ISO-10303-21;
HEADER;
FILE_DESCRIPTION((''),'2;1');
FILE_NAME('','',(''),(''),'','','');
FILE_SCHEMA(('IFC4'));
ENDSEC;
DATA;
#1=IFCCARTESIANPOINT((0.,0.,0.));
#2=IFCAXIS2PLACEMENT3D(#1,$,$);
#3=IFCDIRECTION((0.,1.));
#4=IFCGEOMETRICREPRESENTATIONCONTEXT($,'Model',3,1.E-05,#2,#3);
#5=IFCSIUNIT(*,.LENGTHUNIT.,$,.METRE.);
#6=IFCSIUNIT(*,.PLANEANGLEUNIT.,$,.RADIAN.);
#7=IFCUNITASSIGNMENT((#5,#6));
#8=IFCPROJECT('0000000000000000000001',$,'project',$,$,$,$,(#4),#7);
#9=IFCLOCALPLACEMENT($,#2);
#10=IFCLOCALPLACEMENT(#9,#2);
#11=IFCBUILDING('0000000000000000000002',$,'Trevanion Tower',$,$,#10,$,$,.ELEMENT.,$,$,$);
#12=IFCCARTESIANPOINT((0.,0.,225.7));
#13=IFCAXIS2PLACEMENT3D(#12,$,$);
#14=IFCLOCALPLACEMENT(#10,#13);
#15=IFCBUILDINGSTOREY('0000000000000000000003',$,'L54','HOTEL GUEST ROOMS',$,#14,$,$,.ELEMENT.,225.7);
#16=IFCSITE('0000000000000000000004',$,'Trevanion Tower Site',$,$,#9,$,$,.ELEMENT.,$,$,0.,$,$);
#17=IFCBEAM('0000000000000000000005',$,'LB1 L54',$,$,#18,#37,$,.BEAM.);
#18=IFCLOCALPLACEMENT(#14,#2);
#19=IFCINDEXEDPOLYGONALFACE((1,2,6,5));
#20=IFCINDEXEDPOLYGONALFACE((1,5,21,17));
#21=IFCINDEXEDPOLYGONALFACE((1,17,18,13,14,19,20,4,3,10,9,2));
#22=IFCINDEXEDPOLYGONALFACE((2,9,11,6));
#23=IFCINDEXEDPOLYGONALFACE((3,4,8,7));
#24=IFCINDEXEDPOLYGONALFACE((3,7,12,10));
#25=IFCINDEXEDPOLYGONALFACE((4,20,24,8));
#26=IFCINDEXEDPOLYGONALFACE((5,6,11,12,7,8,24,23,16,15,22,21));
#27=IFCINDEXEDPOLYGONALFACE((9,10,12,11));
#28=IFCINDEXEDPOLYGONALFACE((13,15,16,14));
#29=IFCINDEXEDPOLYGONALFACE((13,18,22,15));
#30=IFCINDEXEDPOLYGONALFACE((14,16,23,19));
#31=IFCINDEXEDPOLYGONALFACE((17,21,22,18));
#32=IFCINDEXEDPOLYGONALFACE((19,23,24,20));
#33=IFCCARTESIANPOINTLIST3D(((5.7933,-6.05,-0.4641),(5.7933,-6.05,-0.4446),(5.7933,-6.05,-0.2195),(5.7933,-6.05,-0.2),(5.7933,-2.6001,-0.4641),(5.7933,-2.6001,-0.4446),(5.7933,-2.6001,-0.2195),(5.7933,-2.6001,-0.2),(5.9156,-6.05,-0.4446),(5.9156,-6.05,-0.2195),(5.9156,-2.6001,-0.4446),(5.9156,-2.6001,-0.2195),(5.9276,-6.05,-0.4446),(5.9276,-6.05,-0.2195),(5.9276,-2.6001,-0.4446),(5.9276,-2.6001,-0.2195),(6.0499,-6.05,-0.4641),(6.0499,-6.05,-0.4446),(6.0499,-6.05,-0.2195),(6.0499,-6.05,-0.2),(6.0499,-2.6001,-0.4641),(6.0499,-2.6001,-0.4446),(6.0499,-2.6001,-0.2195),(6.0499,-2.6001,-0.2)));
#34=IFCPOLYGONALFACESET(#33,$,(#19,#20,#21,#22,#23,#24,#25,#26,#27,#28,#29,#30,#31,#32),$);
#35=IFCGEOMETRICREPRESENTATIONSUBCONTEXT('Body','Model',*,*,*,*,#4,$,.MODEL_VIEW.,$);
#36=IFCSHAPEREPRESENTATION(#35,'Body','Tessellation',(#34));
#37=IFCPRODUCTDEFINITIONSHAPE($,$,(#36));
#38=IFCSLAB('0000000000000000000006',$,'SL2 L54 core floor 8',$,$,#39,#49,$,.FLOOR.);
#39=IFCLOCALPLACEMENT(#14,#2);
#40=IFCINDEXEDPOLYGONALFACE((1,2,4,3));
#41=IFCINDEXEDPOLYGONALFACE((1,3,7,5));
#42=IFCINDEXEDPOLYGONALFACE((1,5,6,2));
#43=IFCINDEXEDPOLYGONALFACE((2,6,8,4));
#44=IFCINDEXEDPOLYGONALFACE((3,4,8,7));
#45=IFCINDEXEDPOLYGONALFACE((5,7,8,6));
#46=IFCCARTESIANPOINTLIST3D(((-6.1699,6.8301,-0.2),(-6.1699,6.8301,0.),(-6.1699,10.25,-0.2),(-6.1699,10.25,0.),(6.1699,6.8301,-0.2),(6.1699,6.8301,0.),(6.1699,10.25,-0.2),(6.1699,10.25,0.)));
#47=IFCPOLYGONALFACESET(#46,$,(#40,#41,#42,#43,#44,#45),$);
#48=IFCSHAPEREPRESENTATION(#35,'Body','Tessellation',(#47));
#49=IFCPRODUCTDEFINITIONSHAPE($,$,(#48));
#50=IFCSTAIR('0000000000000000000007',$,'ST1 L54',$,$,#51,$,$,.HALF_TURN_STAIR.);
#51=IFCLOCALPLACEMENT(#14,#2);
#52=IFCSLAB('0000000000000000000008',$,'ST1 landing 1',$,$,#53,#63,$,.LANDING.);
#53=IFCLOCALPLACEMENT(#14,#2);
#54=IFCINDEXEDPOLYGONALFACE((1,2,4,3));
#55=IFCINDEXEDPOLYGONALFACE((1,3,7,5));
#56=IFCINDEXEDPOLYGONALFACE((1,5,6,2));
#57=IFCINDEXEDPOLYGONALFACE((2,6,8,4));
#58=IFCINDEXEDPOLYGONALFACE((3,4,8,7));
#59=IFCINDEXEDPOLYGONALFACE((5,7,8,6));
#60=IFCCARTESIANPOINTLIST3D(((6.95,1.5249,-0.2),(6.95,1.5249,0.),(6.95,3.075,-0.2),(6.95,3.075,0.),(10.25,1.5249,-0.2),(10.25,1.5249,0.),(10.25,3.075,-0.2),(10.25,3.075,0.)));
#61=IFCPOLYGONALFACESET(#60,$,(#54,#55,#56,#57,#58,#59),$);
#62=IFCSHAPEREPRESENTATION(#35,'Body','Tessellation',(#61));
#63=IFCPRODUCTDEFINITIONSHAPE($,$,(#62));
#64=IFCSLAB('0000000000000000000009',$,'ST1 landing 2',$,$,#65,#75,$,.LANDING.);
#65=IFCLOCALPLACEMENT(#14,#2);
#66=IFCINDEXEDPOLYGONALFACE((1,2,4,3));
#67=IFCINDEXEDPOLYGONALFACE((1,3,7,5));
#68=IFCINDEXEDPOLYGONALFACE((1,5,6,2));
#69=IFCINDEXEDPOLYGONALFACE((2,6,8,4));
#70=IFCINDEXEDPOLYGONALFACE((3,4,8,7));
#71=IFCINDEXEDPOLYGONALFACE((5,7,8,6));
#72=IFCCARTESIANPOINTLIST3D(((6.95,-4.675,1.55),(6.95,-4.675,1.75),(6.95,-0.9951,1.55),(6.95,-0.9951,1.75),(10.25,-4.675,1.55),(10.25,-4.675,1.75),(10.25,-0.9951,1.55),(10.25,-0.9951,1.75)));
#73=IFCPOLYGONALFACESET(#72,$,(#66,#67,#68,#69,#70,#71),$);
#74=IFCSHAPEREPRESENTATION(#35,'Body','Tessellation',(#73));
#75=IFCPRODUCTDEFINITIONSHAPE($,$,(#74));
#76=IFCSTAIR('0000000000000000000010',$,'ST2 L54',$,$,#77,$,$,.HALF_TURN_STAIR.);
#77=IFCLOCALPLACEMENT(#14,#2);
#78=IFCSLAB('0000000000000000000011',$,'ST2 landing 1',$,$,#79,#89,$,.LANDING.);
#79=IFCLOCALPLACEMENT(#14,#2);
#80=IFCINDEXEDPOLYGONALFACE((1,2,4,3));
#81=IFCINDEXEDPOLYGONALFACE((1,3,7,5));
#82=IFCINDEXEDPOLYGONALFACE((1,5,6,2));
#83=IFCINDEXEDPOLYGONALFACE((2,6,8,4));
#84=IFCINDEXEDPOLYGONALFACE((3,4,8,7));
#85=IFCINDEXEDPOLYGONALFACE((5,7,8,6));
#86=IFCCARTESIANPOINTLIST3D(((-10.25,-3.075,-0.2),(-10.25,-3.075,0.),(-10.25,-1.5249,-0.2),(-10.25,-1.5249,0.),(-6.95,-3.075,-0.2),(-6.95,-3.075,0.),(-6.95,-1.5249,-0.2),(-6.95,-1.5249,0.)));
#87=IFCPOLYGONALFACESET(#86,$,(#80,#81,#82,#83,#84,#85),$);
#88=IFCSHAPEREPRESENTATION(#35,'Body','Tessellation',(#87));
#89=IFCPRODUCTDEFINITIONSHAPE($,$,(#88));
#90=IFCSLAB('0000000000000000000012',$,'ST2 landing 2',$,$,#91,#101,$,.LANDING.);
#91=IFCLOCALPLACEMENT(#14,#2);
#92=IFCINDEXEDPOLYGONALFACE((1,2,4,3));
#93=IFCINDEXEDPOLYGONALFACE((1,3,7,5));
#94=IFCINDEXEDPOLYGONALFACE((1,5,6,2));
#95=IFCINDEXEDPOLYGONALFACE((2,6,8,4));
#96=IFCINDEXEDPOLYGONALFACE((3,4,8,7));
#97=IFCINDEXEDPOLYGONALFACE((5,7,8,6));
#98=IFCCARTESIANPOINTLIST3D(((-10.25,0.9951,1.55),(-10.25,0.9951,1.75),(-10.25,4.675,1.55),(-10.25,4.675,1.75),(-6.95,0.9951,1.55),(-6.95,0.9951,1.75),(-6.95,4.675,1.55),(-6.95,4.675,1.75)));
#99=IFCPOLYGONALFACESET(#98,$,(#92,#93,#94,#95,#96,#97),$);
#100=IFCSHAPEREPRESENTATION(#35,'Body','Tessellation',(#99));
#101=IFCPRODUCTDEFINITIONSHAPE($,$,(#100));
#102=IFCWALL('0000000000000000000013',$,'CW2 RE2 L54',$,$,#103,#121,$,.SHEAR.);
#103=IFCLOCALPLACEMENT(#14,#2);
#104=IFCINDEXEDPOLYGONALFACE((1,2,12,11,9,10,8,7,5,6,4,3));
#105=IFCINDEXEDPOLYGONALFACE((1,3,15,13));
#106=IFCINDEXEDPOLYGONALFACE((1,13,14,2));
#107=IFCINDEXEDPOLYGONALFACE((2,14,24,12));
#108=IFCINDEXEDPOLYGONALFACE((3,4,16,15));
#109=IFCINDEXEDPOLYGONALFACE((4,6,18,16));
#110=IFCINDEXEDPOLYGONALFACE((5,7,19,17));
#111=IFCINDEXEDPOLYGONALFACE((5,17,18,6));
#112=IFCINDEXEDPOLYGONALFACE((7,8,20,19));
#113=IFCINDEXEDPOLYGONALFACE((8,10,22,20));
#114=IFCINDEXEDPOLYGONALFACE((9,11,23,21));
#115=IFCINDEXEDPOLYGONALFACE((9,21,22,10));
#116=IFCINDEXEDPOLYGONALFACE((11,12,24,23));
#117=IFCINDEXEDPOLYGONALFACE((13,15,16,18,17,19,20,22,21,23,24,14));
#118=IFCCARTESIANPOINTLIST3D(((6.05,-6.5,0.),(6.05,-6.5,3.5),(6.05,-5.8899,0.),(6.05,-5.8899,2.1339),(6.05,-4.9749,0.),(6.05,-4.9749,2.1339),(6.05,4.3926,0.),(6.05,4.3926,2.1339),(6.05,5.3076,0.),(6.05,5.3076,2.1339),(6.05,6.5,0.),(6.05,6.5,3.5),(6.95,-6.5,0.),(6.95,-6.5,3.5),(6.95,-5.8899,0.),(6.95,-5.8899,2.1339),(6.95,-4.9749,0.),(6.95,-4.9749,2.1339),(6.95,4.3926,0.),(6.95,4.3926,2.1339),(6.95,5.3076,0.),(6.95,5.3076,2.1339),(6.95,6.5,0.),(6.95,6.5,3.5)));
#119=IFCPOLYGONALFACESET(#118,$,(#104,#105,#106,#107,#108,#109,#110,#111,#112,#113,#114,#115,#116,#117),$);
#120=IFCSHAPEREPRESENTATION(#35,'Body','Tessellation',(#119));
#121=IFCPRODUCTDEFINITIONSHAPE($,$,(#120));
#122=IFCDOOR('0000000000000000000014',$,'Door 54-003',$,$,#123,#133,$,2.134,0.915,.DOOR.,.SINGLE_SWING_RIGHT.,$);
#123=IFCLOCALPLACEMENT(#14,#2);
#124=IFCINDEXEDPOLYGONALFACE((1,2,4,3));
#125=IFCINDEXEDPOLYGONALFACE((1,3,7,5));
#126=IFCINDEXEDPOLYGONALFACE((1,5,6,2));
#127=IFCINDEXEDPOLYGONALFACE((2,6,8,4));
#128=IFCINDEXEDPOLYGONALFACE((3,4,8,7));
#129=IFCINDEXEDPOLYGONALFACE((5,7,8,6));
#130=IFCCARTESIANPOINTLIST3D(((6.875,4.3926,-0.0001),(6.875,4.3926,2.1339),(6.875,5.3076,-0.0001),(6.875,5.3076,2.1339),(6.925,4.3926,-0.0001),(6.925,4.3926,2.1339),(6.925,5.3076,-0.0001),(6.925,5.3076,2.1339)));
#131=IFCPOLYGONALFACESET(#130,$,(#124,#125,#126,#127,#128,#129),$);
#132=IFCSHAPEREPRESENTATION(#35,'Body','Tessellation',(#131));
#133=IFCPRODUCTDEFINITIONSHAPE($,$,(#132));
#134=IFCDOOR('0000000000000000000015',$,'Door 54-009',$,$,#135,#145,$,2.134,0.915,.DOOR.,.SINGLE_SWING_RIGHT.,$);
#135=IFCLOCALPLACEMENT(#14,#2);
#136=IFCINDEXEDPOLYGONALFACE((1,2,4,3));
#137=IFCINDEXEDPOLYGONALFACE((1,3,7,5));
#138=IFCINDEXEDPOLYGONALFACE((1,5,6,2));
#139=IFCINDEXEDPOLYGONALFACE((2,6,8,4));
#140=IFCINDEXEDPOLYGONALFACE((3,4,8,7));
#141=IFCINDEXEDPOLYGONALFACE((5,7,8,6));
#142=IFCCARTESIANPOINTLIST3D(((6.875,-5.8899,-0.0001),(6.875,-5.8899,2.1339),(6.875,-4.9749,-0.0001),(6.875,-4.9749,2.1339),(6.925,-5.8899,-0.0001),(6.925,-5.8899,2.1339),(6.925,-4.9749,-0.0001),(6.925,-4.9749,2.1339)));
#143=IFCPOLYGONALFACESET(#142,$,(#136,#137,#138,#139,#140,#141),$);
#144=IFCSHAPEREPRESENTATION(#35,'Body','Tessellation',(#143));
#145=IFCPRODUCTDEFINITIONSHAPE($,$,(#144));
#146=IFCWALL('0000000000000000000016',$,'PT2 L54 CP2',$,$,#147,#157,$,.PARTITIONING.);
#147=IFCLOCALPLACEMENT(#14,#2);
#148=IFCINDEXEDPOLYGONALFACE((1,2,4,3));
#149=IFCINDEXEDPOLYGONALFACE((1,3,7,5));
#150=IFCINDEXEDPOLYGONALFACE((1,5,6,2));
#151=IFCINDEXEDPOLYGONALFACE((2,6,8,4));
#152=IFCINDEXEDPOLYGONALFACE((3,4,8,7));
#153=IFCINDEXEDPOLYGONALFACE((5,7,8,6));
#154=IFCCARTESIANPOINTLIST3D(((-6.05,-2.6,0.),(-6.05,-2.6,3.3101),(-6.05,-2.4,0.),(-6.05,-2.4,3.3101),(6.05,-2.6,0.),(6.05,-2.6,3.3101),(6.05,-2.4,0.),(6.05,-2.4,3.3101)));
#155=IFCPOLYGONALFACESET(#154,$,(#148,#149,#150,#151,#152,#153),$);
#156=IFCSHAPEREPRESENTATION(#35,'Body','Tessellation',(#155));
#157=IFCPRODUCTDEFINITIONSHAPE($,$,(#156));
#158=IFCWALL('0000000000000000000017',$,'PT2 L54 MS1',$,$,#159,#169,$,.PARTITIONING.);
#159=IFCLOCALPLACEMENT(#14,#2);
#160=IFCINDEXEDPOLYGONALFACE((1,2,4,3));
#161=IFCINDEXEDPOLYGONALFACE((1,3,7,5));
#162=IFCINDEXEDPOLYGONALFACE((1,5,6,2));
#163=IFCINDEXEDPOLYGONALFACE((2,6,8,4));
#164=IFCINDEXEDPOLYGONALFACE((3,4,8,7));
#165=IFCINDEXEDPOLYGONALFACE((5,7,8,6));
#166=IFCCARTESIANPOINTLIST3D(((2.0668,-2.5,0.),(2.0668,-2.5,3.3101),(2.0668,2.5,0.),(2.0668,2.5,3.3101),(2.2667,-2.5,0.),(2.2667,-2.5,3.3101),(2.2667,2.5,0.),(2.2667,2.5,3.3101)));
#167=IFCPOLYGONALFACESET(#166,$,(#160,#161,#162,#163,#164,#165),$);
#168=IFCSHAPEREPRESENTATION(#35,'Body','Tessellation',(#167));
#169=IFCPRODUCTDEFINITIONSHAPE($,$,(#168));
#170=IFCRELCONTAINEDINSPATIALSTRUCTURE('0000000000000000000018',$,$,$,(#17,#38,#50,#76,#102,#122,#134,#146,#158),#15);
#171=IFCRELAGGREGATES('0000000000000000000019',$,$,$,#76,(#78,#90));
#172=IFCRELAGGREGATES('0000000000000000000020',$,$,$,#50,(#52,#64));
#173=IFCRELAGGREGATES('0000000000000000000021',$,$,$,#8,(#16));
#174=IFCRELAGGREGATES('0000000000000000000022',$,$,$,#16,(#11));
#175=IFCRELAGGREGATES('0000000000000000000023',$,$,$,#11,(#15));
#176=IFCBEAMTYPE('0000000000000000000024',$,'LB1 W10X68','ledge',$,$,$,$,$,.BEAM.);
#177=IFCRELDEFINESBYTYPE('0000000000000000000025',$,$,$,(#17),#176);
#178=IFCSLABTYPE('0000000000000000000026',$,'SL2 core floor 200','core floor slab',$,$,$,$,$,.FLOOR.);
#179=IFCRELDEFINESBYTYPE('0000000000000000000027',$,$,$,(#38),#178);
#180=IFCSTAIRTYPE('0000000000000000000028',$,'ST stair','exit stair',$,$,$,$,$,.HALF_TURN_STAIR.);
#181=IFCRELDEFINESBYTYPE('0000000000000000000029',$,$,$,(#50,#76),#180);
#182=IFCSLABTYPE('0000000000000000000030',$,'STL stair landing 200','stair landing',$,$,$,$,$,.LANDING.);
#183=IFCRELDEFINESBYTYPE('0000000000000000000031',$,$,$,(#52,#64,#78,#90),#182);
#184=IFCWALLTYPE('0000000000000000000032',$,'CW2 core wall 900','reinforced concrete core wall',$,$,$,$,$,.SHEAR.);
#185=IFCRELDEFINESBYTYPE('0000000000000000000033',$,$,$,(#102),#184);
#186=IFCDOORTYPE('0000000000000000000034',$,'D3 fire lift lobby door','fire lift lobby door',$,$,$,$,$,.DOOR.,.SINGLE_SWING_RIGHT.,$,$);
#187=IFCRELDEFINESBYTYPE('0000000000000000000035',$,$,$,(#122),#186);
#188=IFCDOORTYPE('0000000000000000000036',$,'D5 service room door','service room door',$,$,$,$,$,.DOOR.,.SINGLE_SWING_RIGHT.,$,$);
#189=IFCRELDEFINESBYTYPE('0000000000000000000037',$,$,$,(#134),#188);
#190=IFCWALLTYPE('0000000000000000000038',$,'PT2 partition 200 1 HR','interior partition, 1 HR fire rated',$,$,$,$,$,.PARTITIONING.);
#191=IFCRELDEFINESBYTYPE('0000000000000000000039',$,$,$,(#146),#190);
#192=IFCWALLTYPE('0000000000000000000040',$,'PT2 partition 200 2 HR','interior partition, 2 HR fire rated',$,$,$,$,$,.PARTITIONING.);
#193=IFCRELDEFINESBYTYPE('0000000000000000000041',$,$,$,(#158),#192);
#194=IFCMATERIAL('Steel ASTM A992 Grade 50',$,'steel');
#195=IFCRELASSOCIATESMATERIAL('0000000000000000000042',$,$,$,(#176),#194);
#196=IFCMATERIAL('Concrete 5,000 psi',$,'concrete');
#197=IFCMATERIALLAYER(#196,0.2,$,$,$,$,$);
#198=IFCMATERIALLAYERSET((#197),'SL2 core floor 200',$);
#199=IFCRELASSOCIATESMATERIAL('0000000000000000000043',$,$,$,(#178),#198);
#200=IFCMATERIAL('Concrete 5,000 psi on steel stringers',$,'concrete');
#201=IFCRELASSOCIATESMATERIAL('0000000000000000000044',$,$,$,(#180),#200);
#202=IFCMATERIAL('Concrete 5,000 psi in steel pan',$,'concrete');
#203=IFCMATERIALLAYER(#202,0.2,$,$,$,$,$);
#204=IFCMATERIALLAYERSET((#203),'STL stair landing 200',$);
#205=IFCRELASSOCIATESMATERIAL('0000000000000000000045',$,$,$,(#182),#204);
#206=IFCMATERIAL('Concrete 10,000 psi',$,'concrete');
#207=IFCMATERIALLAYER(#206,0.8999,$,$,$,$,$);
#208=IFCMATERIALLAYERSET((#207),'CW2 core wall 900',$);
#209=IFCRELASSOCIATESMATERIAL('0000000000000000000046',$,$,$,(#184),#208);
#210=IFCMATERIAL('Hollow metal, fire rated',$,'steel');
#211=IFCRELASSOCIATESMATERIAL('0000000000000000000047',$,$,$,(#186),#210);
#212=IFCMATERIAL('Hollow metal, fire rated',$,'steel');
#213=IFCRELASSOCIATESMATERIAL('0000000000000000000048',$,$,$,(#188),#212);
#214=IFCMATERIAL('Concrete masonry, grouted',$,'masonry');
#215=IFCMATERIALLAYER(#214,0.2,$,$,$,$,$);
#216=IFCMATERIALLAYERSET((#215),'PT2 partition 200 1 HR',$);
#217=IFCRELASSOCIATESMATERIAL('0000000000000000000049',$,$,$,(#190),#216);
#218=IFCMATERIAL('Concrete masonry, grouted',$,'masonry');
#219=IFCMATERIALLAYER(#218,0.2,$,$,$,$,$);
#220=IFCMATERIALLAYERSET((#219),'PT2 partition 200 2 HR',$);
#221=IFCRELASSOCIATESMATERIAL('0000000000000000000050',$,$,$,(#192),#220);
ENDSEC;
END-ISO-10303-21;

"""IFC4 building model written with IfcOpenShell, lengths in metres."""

from ifc_helpers import new_model, si_unit, direction, frame, frame_2d, origin, origin_2d, place, context, subcontext, project, spatial, polyline, rectangle, i_section, outline, extrude, material, layer, layer_set, material_profile, profile_set, type_object, element, fill, aggregate, save


model = new_model("IFC4")

# Units and contexts
model_context = context("Model", 3, precision=1e-05, world=origin(), true_north=direction((0.0, 1.0)))
body_context = subcontext(model_context, "Body", "Model", "MODEL_VIEW")
ifc_project = project(units=[si_unit("LENGTHUNIT", "METRE"), si_unit("PLANEANGLEUNIT", "RADIAN")], contexts=[model_context])

# Site, building, storey
site_placement = place(None, origin())
site = spatial("IfcSite", under=ifc_project, at=site_placement, Name="Trevanion Tower Site", CompositionType="ELEMENT", RefElevation=0.0)
building_placement = place(site_placement, origin())
building = spatial("IfcBuilding", under=site, at=building_placement, Name="Trevanion Tower", CompositionType="ELEMENT")
storey_placement = place(building_placement, frame((0.0, 0.0, 225.7)))
storey = spatial("IfcBuildingStorey", under=building, at=storey_placement, Name="L54", Description="HOTEL GUEST ROOMS", CompositionType="ELEMENT", Elevation=225.7)

# Beam
ifc_material_1 = material(Name="Steel ASTM A992 Grade 50", Category="steel")
ifc_material_profile = material_profile(ifc_material_1, i_section(OverallWidth=0.2566, OverallDepth=0.2642, WebThickness=0.012, FlangeThickness=0.0195, at=origin_2d()), Name="W10X68")
ifc_profile_set = profile_set([ifc_material_profile], Name="Steel ASTM A992 Grade 50")
beam_type = type_object("IfcBeamType", Name="LB1 W10X68", Description="ledge", PredefinedType="BEAM", material=ifc_profile_set)
beam_placement = place(storey_placement, frame((5.9216, -6.05, -0.332), z_axis=(0.0, 1.0, 0.0), x_axis=(-1.0, 0.0, 0.0)))
element("IfcBeam", 1, at=beam_placement, inside=storey, type_object=beam_type, Name="LB1 L54", PredefinedType="BEAM", context=body_context, shape_type="SweptSolid", body=[
    extrude(i_section(OverallWidth=0.2566, OverallDepth=0.2642, WebThickness=0.012, FlangeThickness=0.0195, at=origin_2d()), origin(), (0.0, 0.0, 1.0), 3.45),
])

# Slab
ifc_material_2 = material(Name="Concrete 5,000 psi", Category="concrete")
ifc_layer_1 = layer(ifc_material_2, 0.2)
ifc_layer_set_1 = layer_set([ifc_layer_1], Name="SL2 core floor 200")
slab_type_1 = type_object("IfcSlabType", Name="SL2 core floor 200", Description="core floor slab", PredefinedType="FLOOR", material=ifc_layer_set_1)
slab_1_placement = place(storey_placement, frame((0.0, 0.0, -0.2)))
element("IfcSlab", 2, at=slab_1_placement, inside=storey, type_object=slab_type_1, Name="SL2 L54 core floor 8", PredefinedType="FLOOR", context=body_context, shape_type="SweptSolid", body=[
    extrude(outline(polyline([(6.1699, 6.8301), (-6.1699, 6.8301), (-6.1699, 10.25), (6.1699, 10.25), (6.1699, 6.8301)])), origin(), (0.0, 0.0, 1.0), 0.2),
])

# Stairs, slabs
ifc_material_3 = material(Name="Concrete 5,000 psi on steel stringers", Category="concrete")
stair_type = type_object("IfcStairType", Name="ST stair", Description="exit stair", PredefinedType="HALF_TURN_STAIR", material=ifc_material_3)
stair_1_placement = place(storey_placement, origin())
stair_1 = element("IfcStair", 3, at=stair_1_placement, inside=storey, type_object=stair_type, Name="ST1 L54", PredefinedType="HALF_TURN_STAIR")
ifc_material_4 = material(Name="Concrete 5,000 psi in steel pan", Category="concrete")
ifc_layer_2 = layer(ifc_material_4, 0.2)
ifc_layer_set_2 = layer_set([ifc_layer_2], Name="STL stair landing 200")
slab_type_2 = type_object("IfcSlabType", Name="STL stair landing 200", Description="stair landing", PredefinedType="LANDING", material=ifc_layer_set_2)
slab_2_placement = place(storey_placement, frame((0.0, 0.0, -0.2)))
slab_2 = element("IfcSlab", 4, at=slab_2_placement, type_object=slab_type_2, Name="ST1 landing 1", PredefinedType="LANDING", context=body_context, shape_type="SweptSolid", body=[
    extrude(outline(polyline([(6.95, 1.5249), (10.25, 1.5249), (10.25, 3.075), (6.95, 3.075), (6.95, 1.5249)])), origin(), (0.0, 0.0, 1.0), 0.2),
])
slab_3_placement = place(storey_placement, frame((0.0, 0.0, 1.55)))
slab_3 = element("IfcSlab", 5, at=slab_3_placement, type_object=slab_type_2, Name="ST1 landing 2", PredefinedType="LANDING", context=body_context, shape_type="SweptSolid", body=[
    extrude(outline(polyline([(6.95, -4.675), (10.25, -4.675), (10.25, -0.9951), (6.95, -0.9951), (6.95, -4.675)])), origin(), (0.0, 0.0, 1.0), 0.2),
])
stair_2_placement = place(storey_placement, origin())
stair_2 = element("IfcStair", 6, at=stair_2_placement, inside=storey, type_object=stair_type, Name="ST2 L54", PredefinedType="HALF_TURN_STAIR")
slab_4_placement = place(storey_placement, frame((0.0, 0.0, -0.2)))
slab_4 = element("IfcSlab", 7, at=slab_4_placement, type_object=slab_type_2, Name="ST2 landing 1", PredefinedType="LANDING", context=body_context, shape_type="SweptSolid", body=[
    extrude(outline(polyline([(-6.95, -1.5249), (-10.25, -1.5249), (-10.25, -3.075), (-6.95, -3.075), (-6.95, -1.5249)])), origin(), (0.0, 0.0, 1.0), 0.2),
])
slab_5_placement = place(storey_placement, frame((0.0, 0.0, 1.55)))
slab_5 = element("IfcSlab", 8, at=slab_5_placement, type_object=slab_type_2, Name="ST2 landing 2", PredefinedType="LANDING", context=body_context, shape_type="SweptSolid", body=[
    extrude(outline(polyline([(-6.95, 4.675), (-10.25, 4.675), (-10.25, 0.9951), (-6.95, 0.9951), (-6.95, 4.675)])), origin(), (0.0, 0.0, 1.0), 0.2),
])
aggregate(stair_2, [slab_4, slab_5])

# Wall, openings, doors
ifc_material_5 = material(Name="Concrete 10,000 psi", Category="concrete")
ifc_layer_3 = layer(ifc_material_5, 0.8999)
ifc_layer_set_3 = layer_set([ifc_layer_3], Name="CW2 core wall 900")
wall_type_1 = type_object("IfcWallType", Name="CW2 core wall 900", Description="reinforced concrete core wall", PredefinedType="SHEAR", material=ifc_layer_set_3)
wall_1_placement = place(storey_placement, frame((6.5, -6.5, 0.0), z_axis=(0.0, 0.0, 1.0), x_axis=(0.0, 1.0, 0.0)))
wall_1 = element("IfcWall", 9, at=wall_1_placement, inside=storey, type_object=wall_type_1, Name="CW2 RE2 L54", PredefinedType="SHEAR", context=body_context, shape_type="SweptSolid", body=[
    extrude(rectangle(XDim=13.0, YDim=0.8999, at=frame_2d((6.5, 0.0))), origin(), (0.0, 0.0, 1.0), 3.5),
])
opening_1_placement = place(wall_1_placement, frame((10.8926, 0.0, 0.0)))
opening_1 = element("IfcOpeningElement", 10, at=opening_1_placement, cuts=wall_1, PredefinedType="OPENING", context=body_context, shape_type="SweptSolid", body=[
    extrude(rectangle(XDim=0.915, YDim=2.134, at=frame_2d((0.4575, 1.0669))), frame((0.0, 0.46, 0.0), z_axis=(0.0, -1.0, 0.0), x_axis=(1.0, 0.0, 0.0)), (0.0, 0.0, 1.0), 0.9199),
])
opening_2_placement = place(wall_1_placement, frame((0.6101, 0.0, 0.0)))
opening_2 = element("IfcOpeningElement", 11, at=opening_2_placement, cuts=wall_1, PredefinedType="OPENING", context=body_context, shape_type="SweptSolid", body=[
    extrude(rectangle(XDim=0.915, YDim=2.134, at=frame_2d((0.4575, 1.0669))), frame((0.0, 0.46, 0.0), z_axis=(0.0, -1.0, 0.0), x_axis=(1.0, 0.0, 0.0)), (0.0, 0.0, 1.0), 0.9199),
])
ifc_material_6 = material(Name="Hollow metal, fire rated", Category="steel")
door_type_1 = type_object("IfcDoorType", Name="D3 fire lift lobby door", Description="fire lift lobby door", OperationType="SINGLE_SWING_RIGHT", PredefinedType="DOOR", material=ifc_material_6)
door_1_placement = place(opening_1_placement, origin())
door_1 = element("IfcDoor", 12, at=door_1_placement, inside=storey, type_object=door_type_1, Name="Door 54-003", OperationType="SINGLE_SWING_RIGHT", OverallHeight=2.134, OverallWidth=0.915, PredefinedType="DOOR", context=body_context, shape_type="SweptSolid", body=[
    extrude(rectangle(XDim=0.915, YDim=2.134, at=frame_2d((0.4575, 1.0669))), frame((0.0, -0.375, 0.0), z_axis=(0.0, -1.0, 0.0), x_axis=(1.0, 0.0, 0.0)), (0.0, 0.0, 1.0), 0.05),
])
fill(opening_1, door_1)
ifc_material_7 = material(Name="Hollow metal, fire rated", Category="steel")
door_type_2 = type_object("IfcDoorType", Name="D5 service room door", Description="service room door", OperationType="SINGLE_SWING_RIGHT", PredefinedType="DOOR", material=ifc_material_7)
door_2_placement = place(opening_2_placement, origin())
door_2 = element("IfcDoor", 13, at=door_2_placement, inside=storey, type_object=door_type_2, Name="Door 54-009", OperationType="SINGLE_SWING_RIGHT", OverallHeight=2.134, OverallWidth=0.915, PredefinedType="DOOR", context=body_context, shape_type="SweptSolid", body=[
    extrude(rectangle(XDim=0.915, YDim=2.134, at=frame_2d((0.4575, 1.0669))), frame((0.0, -0.375, 0.0), z_axis=(0.0, -1.0, 0.0), x_axis=(1.0, 0.0, 0.0)), (0.0, 0.0, 1.0), 0.05),
])
fill(opening_2, door_2)

# Walls
ifc_material_8 = material(Name="Concrete masonry, grouted", Category="masonry")
ifc_layer_4 = layer(ifc_material_8, 0.2)
ifc_layer_set_4 = layer_set([ifc_layer_4], Name="PT2 partition 200 1 HR")
wall_type_2 = type_object("IfcWallType", Name="PT2 partition 200 1 HR", Description="interior partition, 1 HR fire rated", PredefinedType="PARTITIONING", material=ifc_layer_set_4)
wall_2_placement = place(storey_placement, frame((6.05, -2.5, 0.0), z_axis=(0.0, 0.0, 1.0), x_axis=(-1.0, 0.0, 0.0)))
element("IfcWall", 14, at=wall_2_placement, inside=storey, type_object=wall_type_2, Name="PT2 L54 CP2", PredefinedType="PARTITIONING", context=body_context, shape_type="SweptSolid", body=[
    extrude(rectangle(XDim=12.1001, YDim=0.2, at=frame_2d((6.05, 0.0))), origin(), (0.0, 0.0, 1.0), 3.3101),
])
ifc_material_9 = material(Name="Concrete masonry, grouted", Category="masonry")
ifc_layer_5 = layer(ifc_material_9, 0.2)
ifc_layer_set_5 = layer_set([ifc_layer_5], Name="PT2 partition 200 2 HR")
wall_type_3 = type_object("IfcWallType", Name="PT2 partition 200 2 HR", Description="interior partition, 2 HR fire rated", PredefinedType="PARTITIONING", material=ifc_layer_set_5)
wall_3_placement = place(storey_placement, frame((2.1667, -2.5, 0.0), z_axis=(0.0, 0.0, 1.0), x_axis=(0.0, 1.0, 0.0)))
element("IfcWall", 15, at=wall_3_placement, inside=storey, type_object=wall_type_3, Name="PT2 L54 MS1", PredefinedType="PARTITIONING", context=body_context, shape_type="SweptSolid", body=[
    extrude(rectangle(XDim=5.0, YDim=0.2, at=frame_2d((2.5, 0.0))), origin(), (0.0, 0.0, 1.0), 3.3101),
])

aggregate(stair_1, [slab_2, slab_3])

save(model, "model.ifc")
